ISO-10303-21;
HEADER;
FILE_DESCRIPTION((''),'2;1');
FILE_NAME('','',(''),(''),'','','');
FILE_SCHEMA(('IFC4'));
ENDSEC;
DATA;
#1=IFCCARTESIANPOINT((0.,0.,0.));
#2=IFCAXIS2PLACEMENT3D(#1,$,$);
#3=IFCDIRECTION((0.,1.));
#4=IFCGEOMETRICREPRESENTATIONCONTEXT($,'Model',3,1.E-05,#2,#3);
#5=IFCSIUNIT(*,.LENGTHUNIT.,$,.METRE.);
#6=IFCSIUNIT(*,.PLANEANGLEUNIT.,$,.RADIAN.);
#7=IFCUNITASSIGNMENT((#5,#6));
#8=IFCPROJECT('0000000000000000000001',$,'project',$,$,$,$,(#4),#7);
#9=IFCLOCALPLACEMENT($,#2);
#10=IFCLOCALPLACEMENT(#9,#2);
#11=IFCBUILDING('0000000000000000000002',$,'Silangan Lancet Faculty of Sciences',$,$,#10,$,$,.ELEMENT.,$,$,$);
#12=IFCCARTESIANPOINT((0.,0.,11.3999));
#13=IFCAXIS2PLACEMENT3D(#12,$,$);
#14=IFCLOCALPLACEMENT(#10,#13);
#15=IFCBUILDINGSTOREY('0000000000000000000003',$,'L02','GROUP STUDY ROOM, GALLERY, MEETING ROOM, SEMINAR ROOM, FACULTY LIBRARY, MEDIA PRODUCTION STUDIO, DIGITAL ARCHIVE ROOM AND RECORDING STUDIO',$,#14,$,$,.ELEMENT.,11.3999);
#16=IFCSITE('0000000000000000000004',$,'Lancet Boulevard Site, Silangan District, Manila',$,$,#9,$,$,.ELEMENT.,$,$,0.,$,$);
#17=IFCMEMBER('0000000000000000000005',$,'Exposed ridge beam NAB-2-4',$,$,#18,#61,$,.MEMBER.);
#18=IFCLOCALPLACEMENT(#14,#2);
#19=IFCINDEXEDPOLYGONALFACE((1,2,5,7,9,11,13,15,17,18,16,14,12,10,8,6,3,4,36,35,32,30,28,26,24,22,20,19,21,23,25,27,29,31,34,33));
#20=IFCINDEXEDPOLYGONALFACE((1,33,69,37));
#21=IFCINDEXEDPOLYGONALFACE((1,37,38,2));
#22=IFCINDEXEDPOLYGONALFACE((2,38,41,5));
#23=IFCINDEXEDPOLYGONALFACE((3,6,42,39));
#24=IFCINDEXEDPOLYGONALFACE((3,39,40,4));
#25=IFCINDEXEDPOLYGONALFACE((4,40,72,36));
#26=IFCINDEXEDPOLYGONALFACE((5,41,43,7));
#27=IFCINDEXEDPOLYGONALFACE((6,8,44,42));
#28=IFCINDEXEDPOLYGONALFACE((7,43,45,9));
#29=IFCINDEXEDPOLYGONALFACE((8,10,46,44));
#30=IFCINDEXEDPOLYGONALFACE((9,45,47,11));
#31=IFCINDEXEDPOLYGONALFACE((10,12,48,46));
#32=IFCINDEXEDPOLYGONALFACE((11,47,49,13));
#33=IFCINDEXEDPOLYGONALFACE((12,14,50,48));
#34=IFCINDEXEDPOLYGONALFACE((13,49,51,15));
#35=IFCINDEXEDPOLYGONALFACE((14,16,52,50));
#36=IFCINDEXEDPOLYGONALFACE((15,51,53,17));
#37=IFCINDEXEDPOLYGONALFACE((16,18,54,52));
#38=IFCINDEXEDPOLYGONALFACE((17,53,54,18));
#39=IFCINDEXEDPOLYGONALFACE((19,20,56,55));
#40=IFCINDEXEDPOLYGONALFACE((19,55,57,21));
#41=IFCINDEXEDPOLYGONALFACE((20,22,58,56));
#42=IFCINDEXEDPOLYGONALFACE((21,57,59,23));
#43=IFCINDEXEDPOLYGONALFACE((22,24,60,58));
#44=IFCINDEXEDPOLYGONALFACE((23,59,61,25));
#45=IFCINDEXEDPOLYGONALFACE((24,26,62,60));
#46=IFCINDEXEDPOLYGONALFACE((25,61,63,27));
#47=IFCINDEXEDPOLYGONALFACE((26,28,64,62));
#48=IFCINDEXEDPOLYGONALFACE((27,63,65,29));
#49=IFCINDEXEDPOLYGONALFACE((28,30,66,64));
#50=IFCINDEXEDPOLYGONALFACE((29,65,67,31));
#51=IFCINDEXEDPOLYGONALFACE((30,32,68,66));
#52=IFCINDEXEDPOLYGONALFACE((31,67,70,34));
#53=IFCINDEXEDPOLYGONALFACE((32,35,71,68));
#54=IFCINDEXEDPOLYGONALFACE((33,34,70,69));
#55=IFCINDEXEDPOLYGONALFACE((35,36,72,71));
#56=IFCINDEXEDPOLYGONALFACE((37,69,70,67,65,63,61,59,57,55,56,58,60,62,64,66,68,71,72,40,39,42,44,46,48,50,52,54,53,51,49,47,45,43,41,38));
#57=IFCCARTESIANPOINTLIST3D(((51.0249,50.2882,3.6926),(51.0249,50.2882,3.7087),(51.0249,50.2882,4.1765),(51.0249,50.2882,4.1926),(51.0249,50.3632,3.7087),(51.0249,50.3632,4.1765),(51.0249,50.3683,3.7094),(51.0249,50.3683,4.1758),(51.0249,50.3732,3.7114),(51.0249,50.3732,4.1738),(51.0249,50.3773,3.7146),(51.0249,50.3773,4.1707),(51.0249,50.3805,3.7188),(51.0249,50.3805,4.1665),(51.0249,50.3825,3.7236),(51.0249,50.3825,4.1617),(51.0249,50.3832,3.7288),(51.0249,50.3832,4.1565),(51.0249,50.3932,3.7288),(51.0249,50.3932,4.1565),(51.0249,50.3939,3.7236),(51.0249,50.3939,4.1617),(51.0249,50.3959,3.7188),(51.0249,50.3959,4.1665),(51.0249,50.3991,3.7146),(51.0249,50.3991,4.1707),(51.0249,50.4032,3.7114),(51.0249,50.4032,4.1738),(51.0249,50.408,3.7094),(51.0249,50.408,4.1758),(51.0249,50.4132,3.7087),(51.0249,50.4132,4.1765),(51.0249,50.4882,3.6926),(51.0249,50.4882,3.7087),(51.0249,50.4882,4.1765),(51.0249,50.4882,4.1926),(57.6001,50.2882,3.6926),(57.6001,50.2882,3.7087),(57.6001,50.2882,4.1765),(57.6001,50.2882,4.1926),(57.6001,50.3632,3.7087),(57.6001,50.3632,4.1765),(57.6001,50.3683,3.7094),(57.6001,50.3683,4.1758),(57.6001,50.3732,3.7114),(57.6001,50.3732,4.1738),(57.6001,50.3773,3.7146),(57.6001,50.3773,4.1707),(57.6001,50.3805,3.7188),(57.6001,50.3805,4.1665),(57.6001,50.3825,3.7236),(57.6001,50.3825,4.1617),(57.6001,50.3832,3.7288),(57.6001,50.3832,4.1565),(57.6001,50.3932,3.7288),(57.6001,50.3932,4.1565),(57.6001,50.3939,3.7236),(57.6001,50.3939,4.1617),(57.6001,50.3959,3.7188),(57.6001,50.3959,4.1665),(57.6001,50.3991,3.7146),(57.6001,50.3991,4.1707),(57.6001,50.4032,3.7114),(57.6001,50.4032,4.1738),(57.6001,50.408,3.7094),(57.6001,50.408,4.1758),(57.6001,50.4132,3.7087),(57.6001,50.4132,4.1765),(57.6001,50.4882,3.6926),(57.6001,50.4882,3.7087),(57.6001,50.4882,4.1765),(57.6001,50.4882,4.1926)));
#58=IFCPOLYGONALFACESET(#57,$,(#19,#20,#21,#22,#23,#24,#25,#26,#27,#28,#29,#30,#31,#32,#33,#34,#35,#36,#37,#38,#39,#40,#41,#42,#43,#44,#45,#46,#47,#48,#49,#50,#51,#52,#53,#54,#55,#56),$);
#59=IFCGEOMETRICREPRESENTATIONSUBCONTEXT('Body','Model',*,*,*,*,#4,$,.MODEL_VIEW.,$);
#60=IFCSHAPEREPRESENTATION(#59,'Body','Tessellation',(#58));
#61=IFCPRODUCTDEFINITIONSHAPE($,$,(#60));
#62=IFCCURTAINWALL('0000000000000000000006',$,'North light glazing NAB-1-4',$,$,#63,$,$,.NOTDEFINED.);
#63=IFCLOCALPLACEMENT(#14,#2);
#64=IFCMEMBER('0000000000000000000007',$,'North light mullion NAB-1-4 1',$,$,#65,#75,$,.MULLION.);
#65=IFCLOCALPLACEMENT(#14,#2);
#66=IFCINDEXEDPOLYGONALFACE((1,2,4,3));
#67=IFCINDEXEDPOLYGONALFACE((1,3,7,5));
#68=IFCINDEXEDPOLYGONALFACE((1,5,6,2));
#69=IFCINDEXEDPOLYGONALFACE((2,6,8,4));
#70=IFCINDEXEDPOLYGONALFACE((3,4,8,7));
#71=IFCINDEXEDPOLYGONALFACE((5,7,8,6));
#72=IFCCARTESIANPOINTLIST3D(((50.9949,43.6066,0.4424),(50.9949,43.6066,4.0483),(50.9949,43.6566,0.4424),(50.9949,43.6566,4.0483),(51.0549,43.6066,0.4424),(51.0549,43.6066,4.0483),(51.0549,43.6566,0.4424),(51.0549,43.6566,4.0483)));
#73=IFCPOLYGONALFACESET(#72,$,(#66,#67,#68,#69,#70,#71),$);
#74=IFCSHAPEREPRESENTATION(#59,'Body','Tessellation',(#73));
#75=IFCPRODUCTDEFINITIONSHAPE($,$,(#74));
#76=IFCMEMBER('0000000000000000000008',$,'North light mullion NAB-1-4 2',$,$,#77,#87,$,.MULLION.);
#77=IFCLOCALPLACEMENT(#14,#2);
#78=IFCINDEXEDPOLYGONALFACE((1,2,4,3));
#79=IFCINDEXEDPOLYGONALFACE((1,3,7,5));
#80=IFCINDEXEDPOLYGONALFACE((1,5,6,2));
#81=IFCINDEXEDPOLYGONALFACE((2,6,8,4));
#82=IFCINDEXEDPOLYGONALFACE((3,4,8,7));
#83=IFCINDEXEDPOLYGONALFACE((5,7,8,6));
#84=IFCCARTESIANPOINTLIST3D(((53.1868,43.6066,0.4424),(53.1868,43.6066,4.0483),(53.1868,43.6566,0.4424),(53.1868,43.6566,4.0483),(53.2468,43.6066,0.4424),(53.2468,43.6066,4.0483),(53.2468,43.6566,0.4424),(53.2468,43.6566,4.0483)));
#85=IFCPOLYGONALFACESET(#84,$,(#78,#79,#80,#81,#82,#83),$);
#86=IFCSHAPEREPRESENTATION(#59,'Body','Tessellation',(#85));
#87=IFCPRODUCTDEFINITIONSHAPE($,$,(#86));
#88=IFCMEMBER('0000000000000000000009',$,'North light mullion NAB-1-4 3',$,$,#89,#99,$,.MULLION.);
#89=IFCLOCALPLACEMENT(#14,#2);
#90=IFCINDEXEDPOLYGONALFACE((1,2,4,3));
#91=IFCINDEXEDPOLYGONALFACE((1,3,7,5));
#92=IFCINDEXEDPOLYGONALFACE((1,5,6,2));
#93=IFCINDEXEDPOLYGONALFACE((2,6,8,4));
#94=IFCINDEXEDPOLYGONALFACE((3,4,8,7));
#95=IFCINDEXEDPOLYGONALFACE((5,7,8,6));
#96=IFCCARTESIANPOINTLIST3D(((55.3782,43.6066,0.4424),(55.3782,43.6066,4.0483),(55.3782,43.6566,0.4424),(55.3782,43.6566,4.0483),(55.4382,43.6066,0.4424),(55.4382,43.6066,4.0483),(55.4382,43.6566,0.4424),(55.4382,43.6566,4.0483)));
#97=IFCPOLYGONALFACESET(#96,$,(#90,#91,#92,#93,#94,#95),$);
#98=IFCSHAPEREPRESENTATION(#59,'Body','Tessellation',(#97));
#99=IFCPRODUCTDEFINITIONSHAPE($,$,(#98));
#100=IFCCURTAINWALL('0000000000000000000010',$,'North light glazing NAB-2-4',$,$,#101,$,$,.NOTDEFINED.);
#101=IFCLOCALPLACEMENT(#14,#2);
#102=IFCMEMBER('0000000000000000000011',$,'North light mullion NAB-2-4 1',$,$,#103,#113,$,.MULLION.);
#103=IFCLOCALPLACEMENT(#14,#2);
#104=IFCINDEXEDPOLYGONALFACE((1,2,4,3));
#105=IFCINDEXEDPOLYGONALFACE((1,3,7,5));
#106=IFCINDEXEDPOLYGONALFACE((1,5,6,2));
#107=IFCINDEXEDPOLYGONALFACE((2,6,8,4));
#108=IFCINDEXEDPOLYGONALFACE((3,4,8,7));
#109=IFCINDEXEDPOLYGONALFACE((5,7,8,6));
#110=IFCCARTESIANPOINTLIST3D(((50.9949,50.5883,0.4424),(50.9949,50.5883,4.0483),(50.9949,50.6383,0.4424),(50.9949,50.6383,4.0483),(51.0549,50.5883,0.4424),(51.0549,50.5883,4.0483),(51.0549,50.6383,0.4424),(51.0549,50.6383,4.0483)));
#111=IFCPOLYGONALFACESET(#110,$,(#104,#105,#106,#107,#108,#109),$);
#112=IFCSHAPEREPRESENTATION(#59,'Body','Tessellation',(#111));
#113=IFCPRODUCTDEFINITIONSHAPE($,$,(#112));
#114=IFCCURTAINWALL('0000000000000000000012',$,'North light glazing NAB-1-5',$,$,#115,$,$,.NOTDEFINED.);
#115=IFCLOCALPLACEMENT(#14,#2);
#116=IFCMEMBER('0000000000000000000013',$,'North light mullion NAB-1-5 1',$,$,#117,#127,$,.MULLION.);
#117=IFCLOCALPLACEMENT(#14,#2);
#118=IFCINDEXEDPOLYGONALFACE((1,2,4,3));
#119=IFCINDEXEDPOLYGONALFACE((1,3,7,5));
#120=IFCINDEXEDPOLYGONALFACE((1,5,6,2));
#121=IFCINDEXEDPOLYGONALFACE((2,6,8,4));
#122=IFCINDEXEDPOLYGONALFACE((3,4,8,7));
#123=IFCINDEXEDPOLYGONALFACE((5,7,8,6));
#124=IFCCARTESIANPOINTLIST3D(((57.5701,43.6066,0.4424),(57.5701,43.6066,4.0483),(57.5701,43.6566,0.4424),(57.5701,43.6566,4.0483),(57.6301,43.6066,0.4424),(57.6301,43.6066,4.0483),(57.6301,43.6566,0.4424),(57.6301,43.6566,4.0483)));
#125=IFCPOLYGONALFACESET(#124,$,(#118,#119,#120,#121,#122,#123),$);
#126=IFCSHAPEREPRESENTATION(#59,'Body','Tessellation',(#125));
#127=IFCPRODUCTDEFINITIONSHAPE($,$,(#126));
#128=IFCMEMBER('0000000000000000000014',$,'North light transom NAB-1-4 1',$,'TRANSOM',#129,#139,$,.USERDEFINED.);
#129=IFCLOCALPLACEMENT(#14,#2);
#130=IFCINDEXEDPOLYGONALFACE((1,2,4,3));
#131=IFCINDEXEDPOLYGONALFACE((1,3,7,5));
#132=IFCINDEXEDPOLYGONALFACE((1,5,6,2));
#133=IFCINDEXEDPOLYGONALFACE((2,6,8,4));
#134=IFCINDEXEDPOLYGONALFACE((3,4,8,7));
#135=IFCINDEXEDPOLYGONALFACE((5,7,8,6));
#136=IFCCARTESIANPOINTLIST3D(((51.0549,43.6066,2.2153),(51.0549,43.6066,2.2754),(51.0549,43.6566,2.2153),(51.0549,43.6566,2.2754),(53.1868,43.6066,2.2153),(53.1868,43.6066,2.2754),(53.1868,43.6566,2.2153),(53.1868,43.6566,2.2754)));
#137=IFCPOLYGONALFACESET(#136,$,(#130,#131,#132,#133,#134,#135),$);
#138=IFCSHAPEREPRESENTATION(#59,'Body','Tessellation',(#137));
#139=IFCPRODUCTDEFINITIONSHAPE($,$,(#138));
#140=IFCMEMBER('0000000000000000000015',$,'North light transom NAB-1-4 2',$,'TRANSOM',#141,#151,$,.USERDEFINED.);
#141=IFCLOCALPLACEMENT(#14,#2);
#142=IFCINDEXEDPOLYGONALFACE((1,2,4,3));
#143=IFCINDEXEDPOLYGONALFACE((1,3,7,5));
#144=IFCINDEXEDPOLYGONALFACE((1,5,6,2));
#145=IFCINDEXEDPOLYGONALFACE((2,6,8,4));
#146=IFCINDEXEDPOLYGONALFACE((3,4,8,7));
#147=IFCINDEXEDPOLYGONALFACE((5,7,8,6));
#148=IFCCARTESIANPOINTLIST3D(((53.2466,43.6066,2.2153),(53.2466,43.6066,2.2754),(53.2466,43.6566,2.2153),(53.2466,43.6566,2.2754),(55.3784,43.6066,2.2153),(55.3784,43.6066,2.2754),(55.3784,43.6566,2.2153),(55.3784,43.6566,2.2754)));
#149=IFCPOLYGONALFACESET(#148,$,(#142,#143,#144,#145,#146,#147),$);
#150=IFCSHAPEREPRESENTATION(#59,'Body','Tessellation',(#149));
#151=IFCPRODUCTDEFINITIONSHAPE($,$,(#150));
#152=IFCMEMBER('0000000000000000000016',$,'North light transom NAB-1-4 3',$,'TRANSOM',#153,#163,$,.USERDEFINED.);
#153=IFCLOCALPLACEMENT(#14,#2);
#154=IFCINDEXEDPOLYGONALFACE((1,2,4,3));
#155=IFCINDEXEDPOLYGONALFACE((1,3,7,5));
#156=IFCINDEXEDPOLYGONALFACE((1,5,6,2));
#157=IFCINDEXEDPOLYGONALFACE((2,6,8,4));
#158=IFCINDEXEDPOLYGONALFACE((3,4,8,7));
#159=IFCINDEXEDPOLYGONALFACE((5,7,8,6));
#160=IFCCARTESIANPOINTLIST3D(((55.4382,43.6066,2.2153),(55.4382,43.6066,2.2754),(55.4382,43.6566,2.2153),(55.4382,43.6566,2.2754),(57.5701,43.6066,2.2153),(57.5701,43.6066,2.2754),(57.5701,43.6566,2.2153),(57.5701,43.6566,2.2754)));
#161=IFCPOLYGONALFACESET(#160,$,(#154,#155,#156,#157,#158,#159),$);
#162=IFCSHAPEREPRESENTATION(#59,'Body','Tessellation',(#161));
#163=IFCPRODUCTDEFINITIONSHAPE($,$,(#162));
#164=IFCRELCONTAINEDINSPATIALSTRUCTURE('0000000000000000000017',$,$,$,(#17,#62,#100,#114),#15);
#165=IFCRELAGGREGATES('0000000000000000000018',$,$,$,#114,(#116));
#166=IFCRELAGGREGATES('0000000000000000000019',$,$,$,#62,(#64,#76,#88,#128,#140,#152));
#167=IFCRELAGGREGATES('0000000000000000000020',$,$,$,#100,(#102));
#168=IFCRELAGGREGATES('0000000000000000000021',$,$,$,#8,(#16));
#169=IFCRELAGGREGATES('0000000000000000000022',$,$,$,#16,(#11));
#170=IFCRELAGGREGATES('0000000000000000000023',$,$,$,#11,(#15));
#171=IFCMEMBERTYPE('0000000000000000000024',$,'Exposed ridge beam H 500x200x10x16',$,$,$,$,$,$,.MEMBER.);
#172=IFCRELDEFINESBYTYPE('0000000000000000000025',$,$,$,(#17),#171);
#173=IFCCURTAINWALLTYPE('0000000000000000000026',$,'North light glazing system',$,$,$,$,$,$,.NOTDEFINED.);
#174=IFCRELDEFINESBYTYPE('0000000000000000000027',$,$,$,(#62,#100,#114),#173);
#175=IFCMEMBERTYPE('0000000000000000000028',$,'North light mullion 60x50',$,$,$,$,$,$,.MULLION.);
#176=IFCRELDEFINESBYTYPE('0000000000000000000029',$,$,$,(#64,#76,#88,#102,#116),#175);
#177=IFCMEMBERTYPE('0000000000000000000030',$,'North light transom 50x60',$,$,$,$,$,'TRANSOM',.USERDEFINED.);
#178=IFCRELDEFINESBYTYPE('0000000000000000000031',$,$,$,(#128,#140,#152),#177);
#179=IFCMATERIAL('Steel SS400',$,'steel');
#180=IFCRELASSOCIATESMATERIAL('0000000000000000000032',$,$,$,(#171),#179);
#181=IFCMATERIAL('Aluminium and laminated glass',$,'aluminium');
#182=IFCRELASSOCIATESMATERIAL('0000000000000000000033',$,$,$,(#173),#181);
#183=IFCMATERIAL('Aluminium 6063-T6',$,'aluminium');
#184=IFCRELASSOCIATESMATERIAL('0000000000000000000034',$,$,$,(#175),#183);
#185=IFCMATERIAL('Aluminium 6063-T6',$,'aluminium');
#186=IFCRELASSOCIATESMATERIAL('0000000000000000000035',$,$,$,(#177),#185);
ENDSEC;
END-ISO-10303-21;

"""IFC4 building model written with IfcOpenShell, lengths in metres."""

from ifc_helpers import new_model, si_unit, direction, frame, origin, origin_2d, place, context, subcontext, project, spatial, rectangle, i_section, extrude, material, material_profile, profile_set, type_object, element, aggregate, save


model = new_model("IFC4")

# Units and contexts
model_context = context("Model", 3, precision=1e-05, world=origin(), true_north=direction((0.0, 1.0)))
body_context = subcontext(model_context, "Body", "Model", "MODEL_VIEW")
ifc_project = project(units=[si_unit("LENGTHUNIT", "METRE"), si_unit("PLANEANGLEUNIT", "RADIAN")], contexts=[model_context])

# Site, building, storey
site_placement = place(None, origin())
site = spatial("IfcSite", under=ifc_project, at=site_placement, Name="Lancet Boulevard Site, Silangan District, Manila", CompositionType="ELEMENT", RefElevation=0.0)
building_placement = place(site_placement, origin())
building = spatial("IfcBuilding", under=site, at=building_placement, Name="Silangan Lancet Faculty of Sciences", CompositionType="ELEMENT")
storey_placement = place(building_placement, frame((0.0, 0.0, 11.3999)))
storey = spatial("IfcBuildingStorey", under=building, at=storey_placement, Name="L02", Description="GROUP STUDY ROOM, GALLERY, MEETING ROOM, SEMINAR ROOM, FACULTY LIBRARY, MEDIA PRODUCTION STUDIO, DIGITAL ARCHIVE ROOM AND RECORDING STUDIO", CompositionType="ELEMENT", Elevation=11.3999)

# Member
ifc_material_1 = material(Name="Steel SS400", Category="steel")
ifc_material_profile_1 = material_profile(ifc_material_1, i_section(OverallWidth=0.2, OverallDepth=0.5, WebThickness=0.01, FlangeThickness=0.0161, FilletRadius=0.02, at=origin_2d()), Name="H 500x200x10x16")
ifc_profile_set_1 = profile_set([ifc_material_profile_1], Name="Steel SS400")
member_type_1 = type_object("IfcMemberType", Name="Exposed ridge beam H 500x200x10x16", PredefinedType="MEMBER", material=ifc_profile_set_1)
member_1_placement = place(storey_placement, frame((51.0249, 50.3882, 3.9426), z_axis=(1.0, 0.0, 0.0), x_axis=(0.0, 1.0, 0.0)))
element("IfcMember", 1, at=member_1_placement, inside=storey, type_object=member_type_1, Name="Exposed ridge beam NAB-2-4", PredefinedType="MEMBER", context=body_context, shape_type="SweptSolid", body=[
    extrude(i_section(OverallWidth=0.2, OverallDepth=0.5, WebThickness=0.01, FlangeThickness=0.0161, FilletRadius=0.02, at=origin_2d()), origin(), (0.0, 0.0, 1.0), 6.5752),
])

# Curtain wall, members
ifc_material_2 = material(Name="Aluminium and laminated glass", Category="aluminium")
curtain_wall_type = type_object("IfcCurtainWallType", Name="North light glazing system", PredefinedType="NOTDEFINED", material=ifc_material_2)
curtain_wall_1_placement = place(storey_placement, origin())
curtain_wall_1 = element("IfcCurtainWall", 2, at=curtain_wall_1_placement, inside=storey, type_object=curtain_wall_type, Name="North light glazing NAB-1-4", PredefinedType="NOTDEFINED")
ifc_material_3 = material(Name="Aluminium 6063-T6", Category="aluminium")
ifc_material_profile_2 = material_profile(ifc_material_3, rectangle(XDim=0.0601, YDim=0.05, at=origin_2d()), Name="AL 60x50")
ifc_profile_set_2 = profile_set([ifc_material_profile_2], Name="Aluminium 6063-T6")
member_type_2 = type_object("IfcMemberType", Name="North light mullion 60x50", PredefinedType="MULLION", material=ifc_profile_set_2)
member_2_placement = place(storey_placement, frame((51.0249, 43.6316, 0.4424), z_axis=(0.0, 0.0, 1.0), x_axis=(1.0, 0.0, 0.0)))
member_2 = element("IfcMember", 3, at=member_2_placement, type_object=member_type_2, Name="North light mullion NAB-1-4 1", PredefinedType="MULLION", context=body_context, shape_type="SweptSolid", body=[
    extrude(rectangle(XDim=0.0601, YDim=0.05, at=origin_2d()), origin(), (0.0, 0.0, 1.0), 3.606),
])
member_3_placement = place(storey_placement, frame((53.2168, 43.6316, 0.4424), z_axis=(0.0, 0.0, 1.0), x_axis=(1.0, 0.0, 0.0)))
member_3 = element("IfcMember", 4, at=member_3_placement, type_object=member_type_2, Name="North light mullion NAB-1-4 2", PredefinedType="MULLION", context=body_context, shape_type="SweptSolid", body=[
    extrude(rectangle(XDim=0.0601, YDim=0.05, at=origin_2d()), origin(), (0.0, 0.0, 1.0), 3.606),
])
member_4_placement = place(storey_placement, frame((55.4082, 43.6316, 0.4424), z_axis=(0.0, 0.0, 1.0), x_axis=(1.0, 0.0, 0.0)))
member_4 = element("IfcMember", 5, at=member_4_placement, type_object=member_type_2, Name="North light mullion NAB-1-4 3", PredefinedType="MULLION", context=body_context, shape_type="SweptSolid", body=[
    extrude(rectangle(XDim=0.0601, YDim=0.05, at=origin_2d()), origin(), (0.0, 0.0, 1.0), 3.606),
])

# Curtain walls, members
curtain_wall_2_placement = place(storey_placement, origin())
curtain_wall_2 = element("IfcCurtainWall", 6, at=curtain_wall_2_placement, inside=storey, type_object=curtain_wall_type, Name="North light glazing NAB-2-4", PredefinedType="NOTDEFINED")
member_5_placement = place(storey_placement, frame((51.0249, 50.6133, 0.4424), z_axis=(0.0, 0.0, 1.0), x_axis=(1.0, 0.0, 0.0)))
member_5 = element("IfcMember", 7, at=member_5_placement, type_object=member_type_2, Name="North light mullion NAB-2-4 1", PredefinedType="MULLION", context=body_context, shape_type="SweptSolid", body=[
    extrude(rectangle(XDim=0.0601, YDim=0.05, at=origin_2d()), origin(), (0.0, 0.0, 1.0), 3.606),
])
curtain_wall_3_placement = place(storey_placement, origin())
curtain_wall_3 = element("IfcCurtainWall", 8, at=curtain_wall_3_placement, inside=storey, type_object=curtain_wall_type, Name="North light glazing NAB-1-5", PredefinedType="NOTDEFINED")
member_6_placement = place(storey_placement, frame((57.6001, 43.6316, 0.4424), z_axis=(0.0, 0.0, 1.0), x_axis=(1.0, 0.0, 0.0)))
member_6 = element("IfcMember", 9, at=member_6_placement, type_object=member_type_2, Name="North light mullion NAB-1-5 1", PredefinedType="MULLION", context=body_context, shape_type="SweptSolid", body=[
    extrude(rectangle(XDim=0.0601, YDim=0.05, at=origin_2d()), origin(), (0.0, 0.0, 1.0), 3.606),
])
aggregate(curtain_wall_3, [member_6])

# Members
ifc_material_4 = material(Name="Aluminium 6063-T6", Category="aluminium")
ifc_material_profile_3 = material_profile(ifc_material_4, rectangle(XDim=0.05, YDim=0.0601, at=origin_2d()), Name="AL 50x60")
ifc_profile_set_3 = profile_set([ifc_material_profile_3], Name="Aluminium 6063-T6")
member_type_3 = type_object("IfcMemberType", Name="North light transom 50x60", ElementType="TRANSOM", PredefinedType="USERDEFINED", material=ifc_profile_set_3)
member_7_placement = place(storey_placement, frame((51.0549, 43.6316, 2.2454), z_axis=(1.0, 0.0, 0.0), x_axis=(0.0, 1.0, 0.0)))
member_7 = element("IfcMember", 10, at=member_7_placement, type_object=member_type_3, Name="North light transom NAB-1-4 1", ObjectType="TRANSOM", PredefinedType="USERDEFINED", context=body_context, shape_type="SweptSolid", body=[
    extrude(rectangle(XDim=0.05, YDim=0.0601, at=origin_2d()), origin(), (0.0, 0.0, 1.0), 2.1318),
])
member_8_placement = place(storey_placement, frame((53.2466, 43.6316, 2.2454), z_axis=(1.0, 0.0, 0.0), x_axis=(0.0, 1.0, 0.0)))
member_8 = element("IfcMember", 11, at=member_8_placement, type_object=member_type_3, Name="North light transom NAB-1-4 2", ObjectType="TRANSOM", PredefinedType="USERDEFINED", context=body_context, shape_type="SweptSolid", body=[
    extrude(rectangle(XDim=0.05, YDim=0.0601, at=origin_2d()), origin(), (0.0, 0.0, 1.0), 2.1318),
])
member_9_placement = place(storey_placement, frame((55.4382, 43.6316, 2.2454), z_axis=(1.0, 0.0, 0.0), x_axis=(0.0, 1.0, 0.0)))
member_9 = element("IfcMember", 12, at=member_9_placement, type_object=member_type_3, Name="North light transom NAB-1-4 3", ObjectType="TRANSOM", PredefinedType="USERDEFINED", context=body_context, shape_type="SweptSolid", body=[
    extrude(rectangle(XDim=0.05, YDim=0.0601, at=origin_2d()), origin(), (0.0, 0.0, 1.0), 2.1318),
])
aggregate(curtain_wall_1, [member_2, member_3, member_4, member_7, member_8, member_9])

aggregate(curtain_wall_2, [member_5])

save(model, "model.ifc")
